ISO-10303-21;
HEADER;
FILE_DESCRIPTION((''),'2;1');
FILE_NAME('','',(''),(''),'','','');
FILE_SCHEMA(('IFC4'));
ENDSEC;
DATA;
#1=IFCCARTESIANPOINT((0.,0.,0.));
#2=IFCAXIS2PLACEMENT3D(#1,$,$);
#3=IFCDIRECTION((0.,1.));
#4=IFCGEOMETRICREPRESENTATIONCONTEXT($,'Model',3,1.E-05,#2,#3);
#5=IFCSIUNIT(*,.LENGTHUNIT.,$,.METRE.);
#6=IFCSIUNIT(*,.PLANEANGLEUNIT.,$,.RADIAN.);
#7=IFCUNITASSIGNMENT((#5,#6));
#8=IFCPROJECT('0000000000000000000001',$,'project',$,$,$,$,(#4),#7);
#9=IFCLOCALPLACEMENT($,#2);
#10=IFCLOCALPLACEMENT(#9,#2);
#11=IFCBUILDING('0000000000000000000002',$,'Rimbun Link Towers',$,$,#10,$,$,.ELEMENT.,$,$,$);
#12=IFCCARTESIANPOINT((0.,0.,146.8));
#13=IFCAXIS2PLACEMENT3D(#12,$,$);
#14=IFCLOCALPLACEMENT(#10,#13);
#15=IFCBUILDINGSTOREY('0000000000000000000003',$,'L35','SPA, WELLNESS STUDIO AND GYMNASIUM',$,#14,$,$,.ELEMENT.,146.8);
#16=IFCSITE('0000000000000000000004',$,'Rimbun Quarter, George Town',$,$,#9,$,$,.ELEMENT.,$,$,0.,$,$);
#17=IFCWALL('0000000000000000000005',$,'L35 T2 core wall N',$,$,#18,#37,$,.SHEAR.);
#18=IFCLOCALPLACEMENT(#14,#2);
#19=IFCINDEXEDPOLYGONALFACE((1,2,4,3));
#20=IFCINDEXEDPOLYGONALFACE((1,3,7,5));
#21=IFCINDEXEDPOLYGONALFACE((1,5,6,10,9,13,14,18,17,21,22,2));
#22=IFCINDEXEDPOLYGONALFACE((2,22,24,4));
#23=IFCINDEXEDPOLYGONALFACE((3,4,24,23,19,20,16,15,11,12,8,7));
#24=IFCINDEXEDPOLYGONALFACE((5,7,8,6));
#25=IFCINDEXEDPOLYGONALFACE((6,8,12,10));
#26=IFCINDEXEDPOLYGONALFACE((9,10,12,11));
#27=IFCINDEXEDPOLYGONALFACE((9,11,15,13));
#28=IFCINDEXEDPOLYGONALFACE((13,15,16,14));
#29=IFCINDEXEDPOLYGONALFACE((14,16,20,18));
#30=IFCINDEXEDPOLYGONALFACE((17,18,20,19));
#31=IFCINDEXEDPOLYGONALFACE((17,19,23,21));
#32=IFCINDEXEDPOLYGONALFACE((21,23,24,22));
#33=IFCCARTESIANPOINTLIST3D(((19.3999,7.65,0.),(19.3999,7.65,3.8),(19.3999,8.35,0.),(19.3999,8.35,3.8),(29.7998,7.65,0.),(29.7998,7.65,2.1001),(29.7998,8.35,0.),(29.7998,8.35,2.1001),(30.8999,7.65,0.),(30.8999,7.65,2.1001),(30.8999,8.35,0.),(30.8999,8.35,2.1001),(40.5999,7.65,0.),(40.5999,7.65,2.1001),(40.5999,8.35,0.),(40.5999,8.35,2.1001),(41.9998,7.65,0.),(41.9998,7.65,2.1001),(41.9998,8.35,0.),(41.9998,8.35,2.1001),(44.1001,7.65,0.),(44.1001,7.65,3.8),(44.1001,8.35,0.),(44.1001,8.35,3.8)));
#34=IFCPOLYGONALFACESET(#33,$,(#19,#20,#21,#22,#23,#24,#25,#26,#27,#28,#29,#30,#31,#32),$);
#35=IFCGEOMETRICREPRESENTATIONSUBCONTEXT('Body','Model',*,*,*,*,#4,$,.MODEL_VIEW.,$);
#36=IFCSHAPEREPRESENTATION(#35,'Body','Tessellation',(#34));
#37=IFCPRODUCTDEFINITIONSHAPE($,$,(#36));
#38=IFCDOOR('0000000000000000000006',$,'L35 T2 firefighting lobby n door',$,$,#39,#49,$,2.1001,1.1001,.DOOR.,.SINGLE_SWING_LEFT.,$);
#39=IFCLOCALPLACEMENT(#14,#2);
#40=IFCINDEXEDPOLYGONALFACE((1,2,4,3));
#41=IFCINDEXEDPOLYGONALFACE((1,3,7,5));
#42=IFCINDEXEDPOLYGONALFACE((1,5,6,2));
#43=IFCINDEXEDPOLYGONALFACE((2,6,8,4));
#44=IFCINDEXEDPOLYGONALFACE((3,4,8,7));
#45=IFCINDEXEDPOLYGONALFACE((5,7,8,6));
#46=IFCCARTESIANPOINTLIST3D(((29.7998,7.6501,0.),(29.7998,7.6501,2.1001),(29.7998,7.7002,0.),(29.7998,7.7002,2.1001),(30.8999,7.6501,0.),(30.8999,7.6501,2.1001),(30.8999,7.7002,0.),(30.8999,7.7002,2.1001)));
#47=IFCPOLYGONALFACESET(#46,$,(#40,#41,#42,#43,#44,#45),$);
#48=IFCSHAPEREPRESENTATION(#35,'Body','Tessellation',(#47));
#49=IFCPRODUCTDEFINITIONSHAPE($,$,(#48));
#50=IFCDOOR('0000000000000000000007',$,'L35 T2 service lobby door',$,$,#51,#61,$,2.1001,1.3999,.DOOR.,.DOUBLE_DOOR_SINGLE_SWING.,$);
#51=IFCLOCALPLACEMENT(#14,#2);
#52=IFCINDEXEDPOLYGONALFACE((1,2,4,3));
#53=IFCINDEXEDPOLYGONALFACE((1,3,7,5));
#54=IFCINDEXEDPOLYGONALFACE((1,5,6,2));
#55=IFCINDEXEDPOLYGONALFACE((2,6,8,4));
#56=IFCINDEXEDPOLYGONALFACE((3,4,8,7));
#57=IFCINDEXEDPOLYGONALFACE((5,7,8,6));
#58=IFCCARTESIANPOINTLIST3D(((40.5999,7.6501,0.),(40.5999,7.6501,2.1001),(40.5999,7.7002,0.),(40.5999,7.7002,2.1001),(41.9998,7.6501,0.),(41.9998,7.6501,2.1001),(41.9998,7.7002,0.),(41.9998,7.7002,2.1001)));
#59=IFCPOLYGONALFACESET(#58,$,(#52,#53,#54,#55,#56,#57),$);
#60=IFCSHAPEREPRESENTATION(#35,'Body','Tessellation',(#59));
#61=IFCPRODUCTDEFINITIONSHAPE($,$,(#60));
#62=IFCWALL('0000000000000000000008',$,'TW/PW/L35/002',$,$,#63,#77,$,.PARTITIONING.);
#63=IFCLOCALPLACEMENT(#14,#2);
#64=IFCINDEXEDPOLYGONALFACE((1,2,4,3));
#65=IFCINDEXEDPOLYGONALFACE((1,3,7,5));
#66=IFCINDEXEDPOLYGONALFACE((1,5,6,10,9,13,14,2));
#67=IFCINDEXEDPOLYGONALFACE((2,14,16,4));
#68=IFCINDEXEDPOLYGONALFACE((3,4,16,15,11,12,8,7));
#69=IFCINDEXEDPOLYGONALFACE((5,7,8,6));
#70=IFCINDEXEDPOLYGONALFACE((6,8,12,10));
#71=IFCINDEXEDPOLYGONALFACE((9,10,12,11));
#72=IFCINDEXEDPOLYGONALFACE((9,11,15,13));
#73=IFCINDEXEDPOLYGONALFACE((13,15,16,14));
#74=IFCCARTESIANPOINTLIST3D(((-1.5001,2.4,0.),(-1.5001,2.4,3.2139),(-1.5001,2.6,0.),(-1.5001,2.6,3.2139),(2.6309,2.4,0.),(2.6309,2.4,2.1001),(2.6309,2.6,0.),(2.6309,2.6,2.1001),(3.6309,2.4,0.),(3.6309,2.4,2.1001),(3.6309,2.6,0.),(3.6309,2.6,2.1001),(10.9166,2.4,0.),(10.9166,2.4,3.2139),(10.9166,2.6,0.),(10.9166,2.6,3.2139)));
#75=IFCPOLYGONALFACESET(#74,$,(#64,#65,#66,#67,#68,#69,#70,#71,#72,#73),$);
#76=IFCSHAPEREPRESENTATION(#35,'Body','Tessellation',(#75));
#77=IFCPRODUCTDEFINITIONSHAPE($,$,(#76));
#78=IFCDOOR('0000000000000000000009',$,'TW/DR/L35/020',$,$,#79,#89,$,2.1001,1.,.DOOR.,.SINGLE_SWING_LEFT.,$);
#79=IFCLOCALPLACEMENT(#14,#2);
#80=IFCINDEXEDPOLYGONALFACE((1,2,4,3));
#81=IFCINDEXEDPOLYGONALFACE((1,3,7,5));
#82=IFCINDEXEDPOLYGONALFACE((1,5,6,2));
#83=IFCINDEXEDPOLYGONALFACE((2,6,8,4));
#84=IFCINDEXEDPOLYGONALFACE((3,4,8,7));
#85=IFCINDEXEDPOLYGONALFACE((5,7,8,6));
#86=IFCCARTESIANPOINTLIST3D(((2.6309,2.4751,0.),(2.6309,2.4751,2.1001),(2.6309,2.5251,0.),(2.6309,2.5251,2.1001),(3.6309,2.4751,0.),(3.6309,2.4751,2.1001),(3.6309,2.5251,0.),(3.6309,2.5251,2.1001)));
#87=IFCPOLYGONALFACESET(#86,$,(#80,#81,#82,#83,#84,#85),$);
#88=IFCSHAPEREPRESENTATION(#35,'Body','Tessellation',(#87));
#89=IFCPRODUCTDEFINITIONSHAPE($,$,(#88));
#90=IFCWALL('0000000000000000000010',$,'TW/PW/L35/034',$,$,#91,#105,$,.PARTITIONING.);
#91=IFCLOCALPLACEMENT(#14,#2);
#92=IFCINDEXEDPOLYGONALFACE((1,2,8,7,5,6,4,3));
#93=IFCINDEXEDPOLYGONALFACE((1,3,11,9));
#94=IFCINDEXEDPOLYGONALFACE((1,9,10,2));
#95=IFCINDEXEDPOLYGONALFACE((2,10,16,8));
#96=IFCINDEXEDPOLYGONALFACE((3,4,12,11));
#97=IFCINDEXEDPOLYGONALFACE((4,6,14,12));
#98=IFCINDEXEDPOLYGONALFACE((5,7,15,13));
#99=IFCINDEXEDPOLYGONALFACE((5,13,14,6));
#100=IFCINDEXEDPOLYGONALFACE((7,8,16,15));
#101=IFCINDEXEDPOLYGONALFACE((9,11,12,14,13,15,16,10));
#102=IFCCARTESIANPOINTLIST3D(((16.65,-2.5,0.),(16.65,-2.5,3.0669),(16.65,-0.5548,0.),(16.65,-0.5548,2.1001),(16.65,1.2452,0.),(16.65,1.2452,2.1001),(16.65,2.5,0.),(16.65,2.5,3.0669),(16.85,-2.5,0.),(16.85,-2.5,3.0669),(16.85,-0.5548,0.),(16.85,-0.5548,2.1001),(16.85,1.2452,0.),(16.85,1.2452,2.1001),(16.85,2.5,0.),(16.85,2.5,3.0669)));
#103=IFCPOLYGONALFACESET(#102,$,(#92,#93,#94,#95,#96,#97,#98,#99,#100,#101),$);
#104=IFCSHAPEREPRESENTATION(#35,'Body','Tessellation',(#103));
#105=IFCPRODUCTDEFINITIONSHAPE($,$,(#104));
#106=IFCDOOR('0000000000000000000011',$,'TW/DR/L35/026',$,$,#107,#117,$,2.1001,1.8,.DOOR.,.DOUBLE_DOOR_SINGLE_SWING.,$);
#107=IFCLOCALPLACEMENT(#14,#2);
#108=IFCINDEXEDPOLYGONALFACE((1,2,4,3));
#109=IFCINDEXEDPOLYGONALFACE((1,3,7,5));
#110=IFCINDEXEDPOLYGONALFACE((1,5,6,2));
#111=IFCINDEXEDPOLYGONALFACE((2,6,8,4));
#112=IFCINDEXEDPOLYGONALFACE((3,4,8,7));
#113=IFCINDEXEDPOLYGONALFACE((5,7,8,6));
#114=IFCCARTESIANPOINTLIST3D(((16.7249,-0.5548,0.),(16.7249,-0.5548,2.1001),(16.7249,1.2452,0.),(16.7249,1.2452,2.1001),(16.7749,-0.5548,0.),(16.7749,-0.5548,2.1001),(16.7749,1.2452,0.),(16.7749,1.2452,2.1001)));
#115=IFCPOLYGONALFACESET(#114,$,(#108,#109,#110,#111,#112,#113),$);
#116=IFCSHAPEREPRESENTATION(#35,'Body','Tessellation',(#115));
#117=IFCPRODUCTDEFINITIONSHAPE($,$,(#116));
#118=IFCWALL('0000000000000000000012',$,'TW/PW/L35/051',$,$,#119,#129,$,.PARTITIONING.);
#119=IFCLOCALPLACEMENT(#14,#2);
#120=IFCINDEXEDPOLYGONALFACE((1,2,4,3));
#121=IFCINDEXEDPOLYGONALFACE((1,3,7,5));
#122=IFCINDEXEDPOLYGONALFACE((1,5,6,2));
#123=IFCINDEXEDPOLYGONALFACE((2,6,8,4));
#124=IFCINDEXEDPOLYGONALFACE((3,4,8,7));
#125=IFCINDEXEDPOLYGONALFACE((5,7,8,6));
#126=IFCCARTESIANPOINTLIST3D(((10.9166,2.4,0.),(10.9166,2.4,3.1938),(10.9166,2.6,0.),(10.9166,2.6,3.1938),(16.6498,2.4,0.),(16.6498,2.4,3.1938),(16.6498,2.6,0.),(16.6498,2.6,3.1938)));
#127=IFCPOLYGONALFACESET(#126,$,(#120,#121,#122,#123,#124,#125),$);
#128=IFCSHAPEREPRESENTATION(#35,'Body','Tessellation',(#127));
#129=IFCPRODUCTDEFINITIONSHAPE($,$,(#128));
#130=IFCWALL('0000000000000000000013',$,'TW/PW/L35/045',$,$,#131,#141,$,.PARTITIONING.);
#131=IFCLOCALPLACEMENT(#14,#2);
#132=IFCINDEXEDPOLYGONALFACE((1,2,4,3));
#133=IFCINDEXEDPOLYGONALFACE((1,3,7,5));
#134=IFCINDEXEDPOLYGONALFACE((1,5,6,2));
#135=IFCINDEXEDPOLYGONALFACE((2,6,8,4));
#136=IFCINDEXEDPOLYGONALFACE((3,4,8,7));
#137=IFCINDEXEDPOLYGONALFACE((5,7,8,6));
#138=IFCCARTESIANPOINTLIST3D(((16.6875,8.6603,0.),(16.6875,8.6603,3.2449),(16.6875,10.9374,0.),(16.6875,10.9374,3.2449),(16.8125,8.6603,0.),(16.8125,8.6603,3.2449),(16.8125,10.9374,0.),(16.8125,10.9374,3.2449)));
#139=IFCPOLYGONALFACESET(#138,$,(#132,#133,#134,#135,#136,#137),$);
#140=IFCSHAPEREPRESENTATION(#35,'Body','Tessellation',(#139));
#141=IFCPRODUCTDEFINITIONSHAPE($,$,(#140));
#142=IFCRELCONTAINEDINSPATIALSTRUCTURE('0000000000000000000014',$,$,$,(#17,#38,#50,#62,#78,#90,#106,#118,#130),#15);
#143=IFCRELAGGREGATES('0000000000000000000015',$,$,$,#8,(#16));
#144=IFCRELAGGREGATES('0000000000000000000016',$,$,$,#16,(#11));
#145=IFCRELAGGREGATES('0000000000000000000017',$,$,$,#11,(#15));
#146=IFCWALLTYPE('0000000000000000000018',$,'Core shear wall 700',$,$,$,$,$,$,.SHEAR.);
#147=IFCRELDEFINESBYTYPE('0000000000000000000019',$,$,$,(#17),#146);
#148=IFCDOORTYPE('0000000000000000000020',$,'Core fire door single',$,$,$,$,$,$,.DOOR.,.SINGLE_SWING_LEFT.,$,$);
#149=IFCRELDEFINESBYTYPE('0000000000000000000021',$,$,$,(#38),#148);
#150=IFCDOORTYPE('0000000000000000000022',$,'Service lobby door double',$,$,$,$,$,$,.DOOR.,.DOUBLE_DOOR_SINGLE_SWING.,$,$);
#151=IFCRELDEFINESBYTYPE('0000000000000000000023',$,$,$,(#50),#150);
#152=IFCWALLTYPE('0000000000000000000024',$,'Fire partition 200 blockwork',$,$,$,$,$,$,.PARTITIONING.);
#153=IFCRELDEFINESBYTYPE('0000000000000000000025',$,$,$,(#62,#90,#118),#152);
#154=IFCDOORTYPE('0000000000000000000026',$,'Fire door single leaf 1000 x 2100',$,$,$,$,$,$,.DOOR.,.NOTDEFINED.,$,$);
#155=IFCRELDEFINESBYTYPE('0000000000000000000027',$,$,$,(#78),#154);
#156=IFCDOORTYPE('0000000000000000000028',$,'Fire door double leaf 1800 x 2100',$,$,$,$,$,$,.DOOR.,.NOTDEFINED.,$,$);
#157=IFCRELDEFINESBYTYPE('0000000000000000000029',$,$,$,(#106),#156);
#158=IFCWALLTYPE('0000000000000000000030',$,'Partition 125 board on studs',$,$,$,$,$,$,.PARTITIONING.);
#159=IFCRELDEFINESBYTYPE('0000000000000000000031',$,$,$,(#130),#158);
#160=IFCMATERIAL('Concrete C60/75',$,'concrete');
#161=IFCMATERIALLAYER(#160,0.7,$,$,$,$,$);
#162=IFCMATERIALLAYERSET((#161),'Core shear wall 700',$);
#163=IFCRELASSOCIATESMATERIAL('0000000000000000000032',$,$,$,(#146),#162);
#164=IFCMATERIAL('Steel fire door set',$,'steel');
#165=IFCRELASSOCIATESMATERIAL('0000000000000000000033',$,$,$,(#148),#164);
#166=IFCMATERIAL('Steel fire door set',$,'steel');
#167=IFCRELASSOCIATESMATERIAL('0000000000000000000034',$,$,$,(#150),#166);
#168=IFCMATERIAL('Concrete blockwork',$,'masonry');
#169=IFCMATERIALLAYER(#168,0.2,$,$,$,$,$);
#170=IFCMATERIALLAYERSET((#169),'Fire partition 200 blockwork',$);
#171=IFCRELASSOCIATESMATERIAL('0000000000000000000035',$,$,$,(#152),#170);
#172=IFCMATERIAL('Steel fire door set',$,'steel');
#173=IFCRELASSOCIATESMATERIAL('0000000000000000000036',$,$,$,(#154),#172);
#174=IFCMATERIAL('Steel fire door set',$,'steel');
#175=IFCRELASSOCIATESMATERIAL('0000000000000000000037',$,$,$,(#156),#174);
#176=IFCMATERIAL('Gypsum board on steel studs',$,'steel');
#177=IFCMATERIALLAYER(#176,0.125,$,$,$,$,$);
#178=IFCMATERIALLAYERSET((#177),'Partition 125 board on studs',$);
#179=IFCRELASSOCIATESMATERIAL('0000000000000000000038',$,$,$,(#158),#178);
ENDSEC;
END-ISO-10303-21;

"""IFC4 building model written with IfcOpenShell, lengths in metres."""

from ifc_helpers import new_model, si_unit, direction, frame, frame_2d, origin, place, context, subcontext, project, spatial, rectangle, extrude, material, layer, layer_set, type_object, element, fill, save


model = new_model("IFC4")

# Units and contexts
model_context = context("Model", 3, precision=1e-05, world=origin(), true_north=direction((0.0, 1.0)))
body_context = subcontext(model_context, "Body", "Model", "MODEL_VIEW")
ifc_project = project(units=[si_unit("LENGTHUNIT", "METRE"), si_unit("PLANEANGLEUNIT", "RADIAN")], contexts=[model_context])

# Site, building, storey
site_placement = place(None, origin())
site = spatial("IfcSite", under=ifc_project, at=site_placement, Name="Rimbun Quarter, George Town", CompositionType="ELEMENT", RefElevation=0.0)
building_placement = place(site_placement, origin())
building = spatial("IfcBuilding", under=site, at=building_placement, Name="Rimbun Link Towers", CompositionType="ELEMENT")
storey_placement = place(building_placement, frame((0.0, 0.0, 146.8)))
storey = spatial("IfcBuildingStorey", under=building, at=storey_placement, Name="L35", Description="SPA, WELLNESS STUDIO AND GYMNASIUM", CompositionType="ELEMENT", Elevation=146.8)

# Wall, openings, doors
ifc_material_1 = material(Name="Concrete C60/75", Category="concrete")
ifc_layer_1 = layer(ifc_material_1, 0.7)
ifc_layer_set_1 = layer_set([ifc_layer_1], Name="Core shear wall 700")
wall_type_1 = type_object("IfcWallType", Name="Core shear wall 700", PredefinedType="SHEAR", material=ifc_layer_set_1)
wall_1_placement = place(storey_placement, frame((19.3999, 8.0, 0.0), z_axis=(0.0, 0.0, 1.0), x_axis=(1.0, 0.0, 0.0)))
wall_1 = element("IfcWall", 1, at=wall_1_placement, inside=storey, type_object=wall_type_1, Name="L35 T2 core wall N", PredefinedType="SHEAR", context=body_context, shape_type="SweptSolid", body=[
    extrude(rectangle(XDim=24.7002, YDim=0.7, at=frame_2d((12.3501, 0.0))), origin(), (0.0, 0.0, 1.0), 3.8),
])
opening_1_placement = place(wall_1_placement, frame((10.3999, 0.0, 0.0)))
opening_1 = element("IfcOpeningElement", 2, at=opening_1_placement, cuts=wall_1, PredefinedType="OPENING", context=body_context, shape_type="SweptSolid", body=[
    extrude(rectangle(XDim=1.1001, YDim=2.1001, at=frame_2d((0.55, 1.05))), frame((0.0, 0.3599, 0.0), z_axis=(0.0, -1.0, 0.0), x_axis=(1.0, 0.0, 0.0)), (0.0, 0.0, 1.0), 0.72),
])
opening_2_placement = place(wall_1_placement, frame((21.2, 0.0, 0.0)))
opening_2 = element("IfcOpeningElement", 3, at=opening_2_placement, cuts=wall_1, PredefinedType="OPENING", context=body_context, shape_type="SweptSolid", body=[
    extrude(rectangle(XDim=1.3999, YDim=2.1001, at=frame_2d((0.7, 1.05))), frame((0.0, 0.3599, 0.0), z_axis=(0.0, -1.0, 0.0), x_axis=(1.0, 0.0, 0.0)), (0.0, 0.0, 1.0), 0.72),
])
ifc_material_2 = material(Name="Steel fire door set", Category="steel")
door_type_1 = type_object("IfcDoorType", Name="Core fire door single", OperationType="SINGLE_SWING_LEFT", PredefinedType="DOOR", material=ifc_material_2)
door_1_placement = place(opening_1_placement, origin())
door_1 = element("IfcDoor", 4, at=door_1_placement, inside=storey, type_object=door_type_1, Name="L35 T2 firefighting lobby n door", OperationType="SINGLE_SWING_LEFT", OverallHeight=2.1001, OverallWidth=1.1001, PredefinedType="DOOR", context=body_context, shape_type="SweptSolid", body=[
    extrude(rectangle(XDim=1.1001, YDim=2.1001, at=frame_2d((0.55, 1.05))), frame((0.0, -0.2998, 0.0), z_axis=(0.0, -1.0, 0.0), x_axis=(1.0, 0.0, 0.0)), (0.0, 0.0, 1.0), 0.05),
])
fill(opening_1, door_1)
ifc_material_3 = material(Name="Steel fire door set", Category="steel")
door_type_2 = type_object("IfcDoorType", Name="Service lobby door double", OperationType="DOUBLE_DOOR_SINGLE_SWING", PredefinedType="DOOR", material=ifc_material_3)
door_2_placement = place(opening_2_placement, origin())
door_2 = element("IfcDoor", 5, at=door_2_placement, inside=storey, type_object=door_type_2, Name="L35 T2 service lobby door", OperationType="DOUBLE_DOOR_SINGLE_SWING", OverallHeight=2.1001, OverallWidth=1.3999, PredefinedType="DOOR", context=body_context, shape_type="SweptSolid", body=[
    extrude(rectangle(XDim=1.3999, YDim=2.1001, at=frame_2d((0.7, 1.05))), frame((0.0, -0.2998, 0.0), z_axis=(0.0, -1.0, 0.0), x_axis=(1.0, 0.0, 0.0)), (0.0, 0.0, 1.0), 0.05),
])
fill(opening_2, door_2)

# Walls, openings, doors
ifc_material_4 = material(Name="Concrete blockwork", Category="masonry")
ifc_layer_2 = layer(ifc_material_4, 0.2)
ifc_layer_set_2 = layer_set([ifc_layer_2], Name="Fire partition 200 blockwork")
wall_type_2 = type_object("IfcWallType", Name="Fire partition 200 blockwork", PredefinedType="PARTITIONING", material=ifc_layer_set_2)
wall_2_placement = place(storey_placement, frame((10.9167, 2.5, 0.0), z_axis=(0.0, 0.0, 1.0), x_axis=(-1.0, 0.0, 0.0)))
wall_2 = element("IfcWall", 6, at=wall_2_placement, inside=storey, type_object=wall_type_2, Name="TW/PW/L35/002", PredefinedType="PARTITIONING", context=body_context, shape_type="SweptSolid", body=[
    extrude(rectangle(XDim=12.4167, YDim=0.2, at=frame_2d((6.2085, 0.0))), origin(), (0.0, 0.0, 1.0), 3.2139),
])
opening_3_placement = place(wall_2_placement, frame((7.2859, 0.0, 0.0)))
opening_3 = element("IfcOpeningElement", 7, at=opening_3_placement, cuts=wall_2, PredefinedType="OPENING", context=body_context, shape_type="SweptSolid", body=[
    extrude(rectangle(XDim=1.0, YDim=2.1001, at=frame_2d((0.5, 1.05))), frame((0.0, 0.1099, 0.0), z_axis=(0.0, -1.0, 0.0), x_axis=(1.0, 0.0, 0.0)), (0.0, 0.0, 1.0), 0.22),
])
ifc_material_5 = material(Name="Steel fire door set", Category="steel")
door_type_3 = type_object("IfcDoorType", Name="Fire door single leaf 1000 x 2100", OperationType="NOTDEFINED", PredefinedType="DOOR", material=ifc_material_5)
door_3_placement = place(opening_3_placement, origin())
door_3 = element("IfcDoor", 8, at=door_3_placement, inside=storey, type_object=door_type_3, Name="TW/DR/L35/020", OperationType="SINGLE_SWING_LEFT", OverallHeight=2.1001, OverallWidth=1.0, PredefinedType="DOOR", context=body_context, shape_type="SweptSolid", body=[
    extrude(rectangle(XDim=1.0, YDim=2.1001, at=frame_2d((0.5, 1.05))), frame((0.0, 0.0249, 0.0), z_axis=(0.0, -1.0, 0.0), x_axis=(1.0, 0.0, 0.0)), (0.0, 0.0, 1.0), 0.05),
])
fill(opening_3, door_3)
wall_3_placement = place(storey_placement, frame((16.75, 2.5, 0.0), z_axis=(0.0, 0.0, 1.0), x_axis=(0.0, -1.0, 0.0)))
wall_3 = element("IfcWall", 9, at=wall_3_placement, inside=storey, type_object=wall_type_2, Name="TW/PW/L35/034", PredefinedType="PARTITIONING", context=body_context, shape_type="SweptSolid", body=[
    extrude(rectangle(XDim=5.0, YDim=0.2, at=frame_2d((2.5, 0.0))), origin(), (0.0, 0.0, 1.0), 3.0669),
])
opening_4_placement = place(wall_3_placement, frame((1.2549, 0.0, 0.0)))
opening_4 = element("IfcOpeningElement", 10, at=opening_4_placement, cuts=wall_3, PredefinedType="OPENING", context=body_context, shape_type="SweptSolid", body=[
    extrude(rectangle(XDim=1.8, YDim=2.1001, at=frame_2d((0.8999, 1.05))), frame((0.0, 0.1099, 0.0), z_axis=(0.0, -1.0, 0.0), x_axis=(1.0, 0.0, 0.0)), (0.0, 0.0, 1.0), 0.22),
])
ifc_material_6 = material(Name="Steel fire door set", Category="steel")
door_type_4 = type_object("IfcDoorType", Name="Fire door double leaf 1800 x 2100", OperationType="NOTDEFINED", PredefinedType="DOOR", material=ifc_material_6)
door_4_placement = place(opening_4_placement, origin())
door_4 = element("IfcDoor", 11, at=door_4_placement, inside=storey, type_object=door_type_4, Name="TW/DR/L35/026", OperationType="DOUBLE_DOOR_SINGLE_SWING", OverallHeight=2.1001, OverallWidth=1.8, PredefinedType="DOOR", context=body_context, shape_type="SweptSolid", body=[
    extrude(rectangle(XDim=1.8, YDim=2.1001, at=frame_2d((0.8999, 1.05))), frame((0.0, 0.0249, 0.0), z_axis=(0.0, -1.0, 0.0), x_axis=(1.0, 0.0, 0.0)), (0.0, 0.0, 1.0), 0.05),
])
fill(opening_4, door_4)

# Walls
wall_4_placement = place(storey_placement, frame((16.6499, 2.5, 0.0), z_axis=(0.0, 0.0, 1.0), x_axis=(-1.0, 0.0, 0.0)))
element("IfcWall", 12, at=wall_4_placement, inside=storey, type_object=wall_type_2, Name="TW/PW/L35/051", PredefinedType="PARTITIONING", context=body_context, shape_type="SweptSolid", body=[
    extrude(rectangle(XDim=5.7332, YDim=0.2, at=frame_2d((2.8667, 0.0))), origin(), (0.0, 0.0, 1.0), 3.1938),
])
ifc_material_7 = material(Name="Gypsum board on steel studs", Category="steel")
ifc_layer_3 = layer(ifc_material_7, 0.125)
ifc_layer_set_3 = layer_set([ifc_layer_3], Name="Partition 125 board on studs")
wall_type_3 = type_object("IfcWallType", Name="Partition 125 board on studs", PredefinedType="PARTITIONING", material=ifc_layer_set_3)
wall_5_placement = place(storey_placement, frame((16.75, 10.9375, 0.0), z_axis=(0.0, 0.0, 1.0), x_axis=(0.0, -1.0, 0.0)))
element("IfcWall", 13, at=wall_5_placement, inside=storey, type_object=wall_type_3, Name="TW/PW/L35/045", PredefinedType="PARTITIONING", context=body_context, shape_type="SweptSolid", body=[
    extrude(rectangle(XDim=2.2771, YDim=0.125, at=frame_2d((1.1387, 0.0))), origin(), (0.0, 0.0, 1.0), 3.2449),
])

save(model, "model.ifc")
